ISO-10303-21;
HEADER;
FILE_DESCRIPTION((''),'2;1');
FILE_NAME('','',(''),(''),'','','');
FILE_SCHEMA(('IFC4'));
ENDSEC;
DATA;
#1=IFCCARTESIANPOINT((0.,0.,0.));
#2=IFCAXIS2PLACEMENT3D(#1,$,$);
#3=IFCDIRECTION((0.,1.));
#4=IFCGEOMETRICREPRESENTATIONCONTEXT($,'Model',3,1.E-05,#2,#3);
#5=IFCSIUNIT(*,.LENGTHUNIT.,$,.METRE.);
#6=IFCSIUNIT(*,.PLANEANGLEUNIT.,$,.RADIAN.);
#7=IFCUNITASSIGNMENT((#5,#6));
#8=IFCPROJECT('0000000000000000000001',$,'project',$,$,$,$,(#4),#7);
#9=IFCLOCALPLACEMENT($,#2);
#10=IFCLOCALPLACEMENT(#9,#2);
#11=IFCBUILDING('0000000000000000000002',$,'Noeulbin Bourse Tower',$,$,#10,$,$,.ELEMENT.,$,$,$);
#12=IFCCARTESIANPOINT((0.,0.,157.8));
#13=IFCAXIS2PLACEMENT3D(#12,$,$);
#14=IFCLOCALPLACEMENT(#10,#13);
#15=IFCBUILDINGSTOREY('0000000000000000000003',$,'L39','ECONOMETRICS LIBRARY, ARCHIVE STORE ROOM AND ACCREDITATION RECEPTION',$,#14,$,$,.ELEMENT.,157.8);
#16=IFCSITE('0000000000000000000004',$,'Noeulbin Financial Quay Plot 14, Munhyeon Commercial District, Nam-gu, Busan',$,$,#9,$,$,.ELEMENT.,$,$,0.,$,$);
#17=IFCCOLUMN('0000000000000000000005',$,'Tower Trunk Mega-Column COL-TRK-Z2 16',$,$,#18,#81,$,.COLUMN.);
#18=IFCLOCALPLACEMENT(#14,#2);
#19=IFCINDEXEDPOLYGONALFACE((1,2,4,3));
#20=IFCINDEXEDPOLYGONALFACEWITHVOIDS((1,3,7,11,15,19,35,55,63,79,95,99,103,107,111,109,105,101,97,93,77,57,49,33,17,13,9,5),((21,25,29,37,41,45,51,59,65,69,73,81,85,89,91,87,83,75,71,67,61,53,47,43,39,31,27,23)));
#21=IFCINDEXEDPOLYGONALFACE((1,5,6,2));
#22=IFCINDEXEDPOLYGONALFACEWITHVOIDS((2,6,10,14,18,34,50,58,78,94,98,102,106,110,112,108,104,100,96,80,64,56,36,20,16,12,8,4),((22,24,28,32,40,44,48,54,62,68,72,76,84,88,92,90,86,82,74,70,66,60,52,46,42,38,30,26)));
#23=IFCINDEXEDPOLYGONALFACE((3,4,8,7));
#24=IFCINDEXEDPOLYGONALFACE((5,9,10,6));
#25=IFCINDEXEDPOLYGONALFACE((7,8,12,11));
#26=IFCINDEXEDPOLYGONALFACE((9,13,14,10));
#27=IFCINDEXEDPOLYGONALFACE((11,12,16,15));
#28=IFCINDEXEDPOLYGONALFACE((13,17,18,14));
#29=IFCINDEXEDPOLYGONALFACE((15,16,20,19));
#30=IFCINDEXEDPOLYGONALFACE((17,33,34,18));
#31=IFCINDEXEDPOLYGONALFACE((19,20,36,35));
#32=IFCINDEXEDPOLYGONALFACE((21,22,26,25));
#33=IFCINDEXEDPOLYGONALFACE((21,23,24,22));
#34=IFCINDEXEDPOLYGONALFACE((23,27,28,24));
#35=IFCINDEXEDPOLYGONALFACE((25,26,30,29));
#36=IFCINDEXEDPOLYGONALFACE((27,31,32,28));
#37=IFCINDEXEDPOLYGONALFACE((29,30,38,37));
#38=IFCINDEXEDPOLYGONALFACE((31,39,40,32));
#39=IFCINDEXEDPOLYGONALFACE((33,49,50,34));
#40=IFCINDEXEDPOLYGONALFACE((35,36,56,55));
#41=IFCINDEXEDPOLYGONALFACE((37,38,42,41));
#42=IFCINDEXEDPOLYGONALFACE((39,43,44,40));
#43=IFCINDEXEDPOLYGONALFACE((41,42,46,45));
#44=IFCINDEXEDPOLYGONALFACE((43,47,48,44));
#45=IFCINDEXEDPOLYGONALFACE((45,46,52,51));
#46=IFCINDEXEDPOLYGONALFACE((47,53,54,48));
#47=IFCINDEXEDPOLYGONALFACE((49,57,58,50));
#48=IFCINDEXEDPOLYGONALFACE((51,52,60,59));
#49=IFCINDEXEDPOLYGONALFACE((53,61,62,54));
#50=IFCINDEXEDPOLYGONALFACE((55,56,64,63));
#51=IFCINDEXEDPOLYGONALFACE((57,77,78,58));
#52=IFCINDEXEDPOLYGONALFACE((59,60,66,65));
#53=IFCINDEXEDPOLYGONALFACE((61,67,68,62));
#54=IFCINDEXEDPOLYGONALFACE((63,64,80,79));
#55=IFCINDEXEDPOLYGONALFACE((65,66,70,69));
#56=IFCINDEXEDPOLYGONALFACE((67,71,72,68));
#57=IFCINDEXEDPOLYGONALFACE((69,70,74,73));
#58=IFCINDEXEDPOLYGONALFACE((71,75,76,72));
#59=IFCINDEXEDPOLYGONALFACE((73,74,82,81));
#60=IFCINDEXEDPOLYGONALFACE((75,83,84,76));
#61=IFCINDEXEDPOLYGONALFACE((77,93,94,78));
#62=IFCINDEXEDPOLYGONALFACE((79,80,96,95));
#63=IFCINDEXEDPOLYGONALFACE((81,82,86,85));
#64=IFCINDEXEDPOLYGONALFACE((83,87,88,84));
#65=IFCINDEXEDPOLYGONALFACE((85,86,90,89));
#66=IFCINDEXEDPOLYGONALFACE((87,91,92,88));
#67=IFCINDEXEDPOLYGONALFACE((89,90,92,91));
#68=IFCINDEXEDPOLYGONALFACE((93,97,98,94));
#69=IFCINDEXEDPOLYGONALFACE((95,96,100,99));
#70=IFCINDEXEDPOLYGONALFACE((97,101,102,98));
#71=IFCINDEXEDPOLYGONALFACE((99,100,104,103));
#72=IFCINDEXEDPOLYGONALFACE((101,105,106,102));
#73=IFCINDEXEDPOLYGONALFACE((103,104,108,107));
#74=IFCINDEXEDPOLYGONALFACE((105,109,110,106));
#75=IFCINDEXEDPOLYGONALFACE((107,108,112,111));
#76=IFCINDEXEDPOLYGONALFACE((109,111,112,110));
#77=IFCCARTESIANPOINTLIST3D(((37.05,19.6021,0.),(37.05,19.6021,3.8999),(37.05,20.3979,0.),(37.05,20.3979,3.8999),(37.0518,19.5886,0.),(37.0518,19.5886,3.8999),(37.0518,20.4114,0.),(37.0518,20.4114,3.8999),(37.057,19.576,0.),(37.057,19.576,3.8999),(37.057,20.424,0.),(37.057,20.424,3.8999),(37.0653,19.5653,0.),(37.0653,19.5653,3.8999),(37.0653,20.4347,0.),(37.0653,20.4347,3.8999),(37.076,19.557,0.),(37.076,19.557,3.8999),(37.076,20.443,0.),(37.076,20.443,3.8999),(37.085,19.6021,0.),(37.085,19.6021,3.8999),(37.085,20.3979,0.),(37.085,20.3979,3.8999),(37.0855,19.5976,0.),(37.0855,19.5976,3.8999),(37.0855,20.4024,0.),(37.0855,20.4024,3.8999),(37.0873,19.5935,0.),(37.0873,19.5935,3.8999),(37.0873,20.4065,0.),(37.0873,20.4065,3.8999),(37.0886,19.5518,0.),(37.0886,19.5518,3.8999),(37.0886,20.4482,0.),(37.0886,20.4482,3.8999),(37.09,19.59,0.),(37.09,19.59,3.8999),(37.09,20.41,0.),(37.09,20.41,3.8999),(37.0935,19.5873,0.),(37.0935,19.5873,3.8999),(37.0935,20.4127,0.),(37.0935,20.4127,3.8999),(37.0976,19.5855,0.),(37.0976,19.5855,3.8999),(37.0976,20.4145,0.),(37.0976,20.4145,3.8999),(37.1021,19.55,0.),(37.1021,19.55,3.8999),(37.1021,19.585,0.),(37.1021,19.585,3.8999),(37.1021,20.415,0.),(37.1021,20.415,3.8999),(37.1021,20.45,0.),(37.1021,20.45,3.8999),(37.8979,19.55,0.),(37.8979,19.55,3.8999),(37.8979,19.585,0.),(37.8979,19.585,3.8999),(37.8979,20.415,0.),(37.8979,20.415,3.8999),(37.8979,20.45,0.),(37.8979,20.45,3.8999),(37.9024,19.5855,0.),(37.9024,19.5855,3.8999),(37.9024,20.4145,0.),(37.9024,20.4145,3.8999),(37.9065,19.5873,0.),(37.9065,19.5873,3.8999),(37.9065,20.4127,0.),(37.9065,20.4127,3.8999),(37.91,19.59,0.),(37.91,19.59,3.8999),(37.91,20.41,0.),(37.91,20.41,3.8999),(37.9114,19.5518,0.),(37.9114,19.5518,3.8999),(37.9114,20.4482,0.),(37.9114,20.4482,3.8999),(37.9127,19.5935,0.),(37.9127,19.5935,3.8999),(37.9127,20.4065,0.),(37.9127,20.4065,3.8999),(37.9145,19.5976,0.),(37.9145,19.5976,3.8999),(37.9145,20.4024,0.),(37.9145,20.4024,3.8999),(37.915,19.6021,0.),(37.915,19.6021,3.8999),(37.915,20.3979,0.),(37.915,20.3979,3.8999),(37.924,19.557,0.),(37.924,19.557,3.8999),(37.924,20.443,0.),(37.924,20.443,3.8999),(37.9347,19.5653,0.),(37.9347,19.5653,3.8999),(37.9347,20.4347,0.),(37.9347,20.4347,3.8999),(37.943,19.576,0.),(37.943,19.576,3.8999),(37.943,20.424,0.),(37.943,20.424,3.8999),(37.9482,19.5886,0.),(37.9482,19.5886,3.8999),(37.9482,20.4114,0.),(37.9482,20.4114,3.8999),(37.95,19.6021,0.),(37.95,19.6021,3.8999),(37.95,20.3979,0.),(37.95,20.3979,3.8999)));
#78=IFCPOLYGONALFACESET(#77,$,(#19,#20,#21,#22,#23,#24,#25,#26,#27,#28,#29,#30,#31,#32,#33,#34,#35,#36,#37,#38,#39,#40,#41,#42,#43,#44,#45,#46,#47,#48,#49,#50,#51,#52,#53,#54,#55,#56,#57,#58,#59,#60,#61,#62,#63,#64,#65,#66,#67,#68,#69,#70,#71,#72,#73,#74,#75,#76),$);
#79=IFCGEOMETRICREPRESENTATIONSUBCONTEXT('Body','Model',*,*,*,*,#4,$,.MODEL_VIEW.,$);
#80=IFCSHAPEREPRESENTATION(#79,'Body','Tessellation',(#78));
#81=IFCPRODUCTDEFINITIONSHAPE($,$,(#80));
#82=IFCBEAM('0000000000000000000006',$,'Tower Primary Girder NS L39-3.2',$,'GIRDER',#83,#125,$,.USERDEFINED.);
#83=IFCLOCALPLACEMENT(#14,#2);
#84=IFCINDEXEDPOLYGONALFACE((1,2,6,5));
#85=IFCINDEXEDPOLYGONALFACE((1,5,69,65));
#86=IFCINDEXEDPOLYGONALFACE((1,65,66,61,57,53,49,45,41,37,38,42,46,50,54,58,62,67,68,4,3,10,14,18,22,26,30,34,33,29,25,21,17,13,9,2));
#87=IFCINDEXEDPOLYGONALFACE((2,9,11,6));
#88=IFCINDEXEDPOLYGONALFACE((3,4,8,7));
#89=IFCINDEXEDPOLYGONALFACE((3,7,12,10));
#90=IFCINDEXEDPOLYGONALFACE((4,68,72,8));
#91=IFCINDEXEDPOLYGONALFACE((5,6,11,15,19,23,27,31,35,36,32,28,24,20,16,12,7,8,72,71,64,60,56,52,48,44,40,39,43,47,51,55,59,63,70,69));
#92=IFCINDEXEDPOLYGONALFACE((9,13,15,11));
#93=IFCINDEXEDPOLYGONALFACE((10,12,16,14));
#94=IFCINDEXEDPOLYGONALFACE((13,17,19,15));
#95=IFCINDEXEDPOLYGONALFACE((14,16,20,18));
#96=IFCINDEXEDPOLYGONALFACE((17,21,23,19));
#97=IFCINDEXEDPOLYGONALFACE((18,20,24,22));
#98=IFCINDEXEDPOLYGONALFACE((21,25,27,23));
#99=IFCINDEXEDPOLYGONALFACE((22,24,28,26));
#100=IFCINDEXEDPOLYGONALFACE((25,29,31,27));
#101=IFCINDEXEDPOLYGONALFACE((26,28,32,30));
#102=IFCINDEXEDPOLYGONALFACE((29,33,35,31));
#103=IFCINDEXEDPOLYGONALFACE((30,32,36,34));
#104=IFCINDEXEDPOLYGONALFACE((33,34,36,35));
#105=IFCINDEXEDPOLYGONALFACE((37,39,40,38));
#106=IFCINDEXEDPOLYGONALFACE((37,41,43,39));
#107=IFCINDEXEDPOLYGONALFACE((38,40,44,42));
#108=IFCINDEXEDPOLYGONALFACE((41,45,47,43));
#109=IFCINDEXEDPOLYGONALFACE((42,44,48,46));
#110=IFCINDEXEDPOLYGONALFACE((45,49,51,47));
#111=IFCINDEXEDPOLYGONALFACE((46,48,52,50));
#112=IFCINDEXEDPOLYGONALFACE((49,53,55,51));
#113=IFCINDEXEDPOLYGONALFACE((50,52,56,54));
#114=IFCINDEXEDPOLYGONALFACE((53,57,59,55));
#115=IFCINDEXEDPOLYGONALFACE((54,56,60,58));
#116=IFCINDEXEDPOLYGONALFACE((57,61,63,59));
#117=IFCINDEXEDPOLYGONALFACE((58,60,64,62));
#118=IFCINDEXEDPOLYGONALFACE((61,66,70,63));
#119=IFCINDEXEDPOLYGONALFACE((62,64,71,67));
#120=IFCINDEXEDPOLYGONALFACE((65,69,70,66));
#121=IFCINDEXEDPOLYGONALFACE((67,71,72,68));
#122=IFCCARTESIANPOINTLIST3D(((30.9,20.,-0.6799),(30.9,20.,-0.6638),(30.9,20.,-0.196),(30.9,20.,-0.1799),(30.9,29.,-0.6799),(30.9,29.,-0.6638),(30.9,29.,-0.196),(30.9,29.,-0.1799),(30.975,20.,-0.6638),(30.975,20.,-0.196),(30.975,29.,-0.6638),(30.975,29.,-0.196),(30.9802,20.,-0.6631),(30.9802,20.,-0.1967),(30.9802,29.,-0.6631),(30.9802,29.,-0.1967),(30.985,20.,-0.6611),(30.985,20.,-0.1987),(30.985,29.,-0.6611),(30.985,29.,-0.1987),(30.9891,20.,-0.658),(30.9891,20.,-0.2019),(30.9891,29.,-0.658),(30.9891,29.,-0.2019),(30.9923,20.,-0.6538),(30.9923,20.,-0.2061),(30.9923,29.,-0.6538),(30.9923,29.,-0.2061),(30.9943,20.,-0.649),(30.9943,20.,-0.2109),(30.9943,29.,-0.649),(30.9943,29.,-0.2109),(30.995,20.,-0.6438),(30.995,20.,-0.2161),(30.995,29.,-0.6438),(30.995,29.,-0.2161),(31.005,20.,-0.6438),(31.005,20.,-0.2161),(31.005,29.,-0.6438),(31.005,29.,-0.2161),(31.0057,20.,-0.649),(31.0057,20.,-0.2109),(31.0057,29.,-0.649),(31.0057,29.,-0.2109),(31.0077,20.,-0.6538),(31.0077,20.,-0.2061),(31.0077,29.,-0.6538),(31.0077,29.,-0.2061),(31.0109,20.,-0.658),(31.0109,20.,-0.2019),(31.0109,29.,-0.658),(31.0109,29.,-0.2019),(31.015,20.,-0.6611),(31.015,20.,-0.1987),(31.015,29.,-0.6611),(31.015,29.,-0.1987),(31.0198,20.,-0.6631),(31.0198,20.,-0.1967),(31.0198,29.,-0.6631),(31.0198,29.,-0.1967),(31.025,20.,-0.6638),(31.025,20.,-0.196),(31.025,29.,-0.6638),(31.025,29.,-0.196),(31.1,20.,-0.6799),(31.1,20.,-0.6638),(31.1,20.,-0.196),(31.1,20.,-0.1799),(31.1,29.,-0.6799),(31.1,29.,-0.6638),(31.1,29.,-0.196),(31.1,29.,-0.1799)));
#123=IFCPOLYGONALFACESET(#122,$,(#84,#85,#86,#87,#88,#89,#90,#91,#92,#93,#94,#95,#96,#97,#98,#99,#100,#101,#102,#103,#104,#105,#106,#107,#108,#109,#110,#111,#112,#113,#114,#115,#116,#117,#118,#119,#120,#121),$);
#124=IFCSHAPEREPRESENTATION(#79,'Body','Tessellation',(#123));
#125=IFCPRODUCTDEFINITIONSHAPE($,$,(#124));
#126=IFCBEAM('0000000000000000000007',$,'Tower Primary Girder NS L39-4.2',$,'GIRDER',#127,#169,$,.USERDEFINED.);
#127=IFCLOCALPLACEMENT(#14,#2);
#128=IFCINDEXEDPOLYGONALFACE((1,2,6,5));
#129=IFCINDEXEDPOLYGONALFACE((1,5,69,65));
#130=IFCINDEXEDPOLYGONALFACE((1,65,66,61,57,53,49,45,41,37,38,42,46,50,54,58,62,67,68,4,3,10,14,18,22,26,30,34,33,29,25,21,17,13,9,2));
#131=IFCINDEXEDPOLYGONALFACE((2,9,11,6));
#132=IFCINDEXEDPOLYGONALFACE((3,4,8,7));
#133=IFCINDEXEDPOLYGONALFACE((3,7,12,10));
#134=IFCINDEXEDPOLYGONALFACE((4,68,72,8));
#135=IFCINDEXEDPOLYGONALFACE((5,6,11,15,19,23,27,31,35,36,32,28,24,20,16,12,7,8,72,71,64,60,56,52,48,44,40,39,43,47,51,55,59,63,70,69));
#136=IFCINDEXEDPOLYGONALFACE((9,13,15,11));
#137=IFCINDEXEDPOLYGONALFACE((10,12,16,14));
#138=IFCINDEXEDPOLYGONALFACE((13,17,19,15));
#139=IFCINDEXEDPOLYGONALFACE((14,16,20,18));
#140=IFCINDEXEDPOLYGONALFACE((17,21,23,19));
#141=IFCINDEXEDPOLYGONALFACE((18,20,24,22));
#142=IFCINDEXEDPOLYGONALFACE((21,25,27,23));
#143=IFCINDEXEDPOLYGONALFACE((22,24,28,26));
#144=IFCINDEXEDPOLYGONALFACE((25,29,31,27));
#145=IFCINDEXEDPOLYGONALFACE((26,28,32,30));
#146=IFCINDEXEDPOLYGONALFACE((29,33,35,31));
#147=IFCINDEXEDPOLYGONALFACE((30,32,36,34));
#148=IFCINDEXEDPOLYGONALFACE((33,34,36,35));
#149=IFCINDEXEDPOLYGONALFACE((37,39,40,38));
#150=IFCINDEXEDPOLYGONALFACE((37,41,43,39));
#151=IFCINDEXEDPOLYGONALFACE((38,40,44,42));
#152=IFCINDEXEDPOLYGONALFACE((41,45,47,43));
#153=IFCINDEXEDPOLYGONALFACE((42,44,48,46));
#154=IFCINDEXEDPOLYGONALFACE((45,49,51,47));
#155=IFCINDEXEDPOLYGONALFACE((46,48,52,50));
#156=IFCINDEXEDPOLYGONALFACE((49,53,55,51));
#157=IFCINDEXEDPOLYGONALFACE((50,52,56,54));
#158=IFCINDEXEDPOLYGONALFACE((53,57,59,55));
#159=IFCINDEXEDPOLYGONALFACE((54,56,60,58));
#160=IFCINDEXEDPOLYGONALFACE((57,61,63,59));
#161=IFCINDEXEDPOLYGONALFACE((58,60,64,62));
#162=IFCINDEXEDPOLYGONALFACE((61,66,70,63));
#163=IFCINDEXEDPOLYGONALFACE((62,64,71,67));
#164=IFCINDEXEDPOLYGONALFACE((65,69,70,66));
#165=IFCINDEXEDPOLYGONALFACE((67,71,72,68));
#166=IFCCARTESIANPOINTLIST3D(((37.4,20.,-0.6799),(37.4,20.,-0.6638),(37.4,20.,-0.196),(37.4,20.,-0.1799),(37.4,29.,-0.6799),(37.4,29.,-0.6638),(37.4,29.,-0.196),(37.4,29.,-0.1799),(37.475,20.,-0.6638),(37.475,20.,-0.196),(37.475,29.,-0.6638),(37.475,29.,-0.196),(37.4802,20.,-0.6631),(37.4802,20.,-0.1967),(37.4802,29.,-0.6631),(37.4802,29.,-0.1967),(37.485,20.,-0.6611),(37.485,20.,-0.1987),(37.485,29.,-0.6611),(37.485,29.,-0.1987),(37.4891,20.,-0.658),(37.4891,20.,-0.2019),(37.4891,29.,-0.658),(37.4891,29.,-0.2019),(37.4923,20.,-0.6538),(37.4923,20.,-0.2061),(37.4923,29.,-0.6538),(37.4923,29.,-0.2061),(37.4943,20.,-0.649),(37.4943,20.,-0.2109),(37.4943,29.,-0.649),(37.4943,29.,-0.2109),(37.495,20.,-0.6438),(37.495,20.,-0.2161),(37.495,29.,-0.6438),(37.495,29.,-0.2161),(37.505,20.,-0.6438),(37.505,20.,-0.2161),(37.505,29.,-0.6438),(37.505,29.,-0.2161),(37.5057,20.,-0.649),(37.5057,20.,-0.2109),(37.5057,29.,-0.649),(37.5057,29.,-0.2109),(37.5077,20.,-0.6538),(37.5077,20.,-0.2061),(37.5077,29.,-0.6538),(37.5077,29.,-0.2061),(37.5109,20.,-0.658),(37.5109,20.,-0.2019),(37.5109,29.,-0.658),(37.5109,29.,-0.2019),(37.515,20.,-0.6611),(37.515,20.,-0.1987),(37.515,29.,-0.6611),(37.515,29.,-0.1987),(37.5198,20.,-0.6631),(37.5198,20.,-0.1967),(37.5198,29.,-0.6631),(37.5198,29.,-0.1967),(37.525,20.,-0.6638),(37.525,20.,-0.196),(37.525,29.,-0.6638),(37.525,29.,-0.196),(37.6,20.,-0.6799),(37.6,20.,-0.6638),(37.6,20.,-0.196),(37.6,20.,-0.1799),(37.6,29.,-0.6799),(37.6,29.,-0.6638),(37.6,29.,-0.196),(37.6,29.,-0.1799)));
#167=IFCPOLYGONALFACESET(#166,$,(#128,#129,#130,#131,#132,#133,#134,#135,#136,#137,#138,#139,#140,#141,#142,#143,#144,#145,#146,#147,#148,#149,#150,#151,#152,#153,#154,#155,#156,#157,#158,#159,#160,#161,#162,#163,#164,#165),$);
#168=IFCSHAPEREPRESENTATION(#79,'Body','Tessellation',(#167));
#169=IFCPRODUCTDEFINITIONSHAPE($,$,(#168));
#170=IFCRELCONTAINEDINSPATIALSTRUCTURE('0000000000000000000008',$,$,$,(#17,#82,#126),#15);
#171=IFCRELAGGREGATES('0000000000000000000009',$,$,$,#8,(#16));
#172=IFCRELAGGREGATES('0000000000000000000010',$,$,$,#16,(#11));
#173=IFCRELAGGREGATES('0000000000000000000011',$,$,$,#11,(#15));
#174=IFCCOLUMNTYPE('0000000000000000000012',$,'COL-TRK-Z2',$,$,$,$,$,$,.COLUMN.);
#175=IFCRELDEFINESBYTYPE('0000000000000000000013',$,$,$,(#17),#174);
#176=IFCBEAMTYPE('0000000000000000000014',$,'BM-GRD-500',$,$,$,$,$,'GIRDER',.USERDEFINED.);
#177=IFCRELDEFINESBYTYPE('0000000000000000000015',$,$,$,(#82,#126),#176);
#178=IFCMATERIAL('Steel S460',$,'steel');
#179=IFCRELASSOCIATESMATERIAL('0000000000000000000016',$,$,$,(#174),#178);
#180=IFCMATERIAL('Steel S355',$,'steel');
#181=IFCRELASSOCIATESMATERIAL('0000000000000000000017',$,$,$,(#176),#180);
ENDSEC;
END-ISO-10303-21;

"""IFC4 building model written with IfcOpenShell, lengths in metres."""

from ifc_helpers import new_model, si_unit, direction, frame, origin, origin_2d, place, context, subcontext, project, spatial, hollow_rectangle, i_section, extrude, material, material_profile, profile_set, type_object, element, save


model = new_model("IFC4")

# Units and contexts
model_context = context("Model", 3, precision=1e-05, world=origin(), true_north=direction((0.0, 1.0)))
body_context = subcontext(model_context, "Body", "Model", "MODEL_VIEW")
ifc_project = project(units=[si_unit("LENGTHUNIT", "METRE"), si_unit("PLANEANGLEUNIT", "RADIAN")], contexts=[model_context])

# Site, building, storey
site_placement = place(None, origin())
site = spatial("IfcSite", under=ifc_project, at=site_placement, Name="Noeulbin Financial Quay Plot 14, Munhyeon Commercial District, Nam-gu, Busan", CompositionType="ELEMENT", RefElevation=0.0)
building_placement = place(site_placement, origin())
building = spatial("IfcBuilding", under=site, at=building_placement, Name="Noeulbin Bourse Tower", CompositionType="ELEMENT")
storey_placement = place(building_placement, frame((0.0, 0.0, 157.8)))
storey = spatial("IfcBuildingStorey", under=building, at=storey_placement, Name="L39", Description="ECONOMETRICS LIBRARY, ARCHIVE STORE ROOM AND ACCREDITATION RECEPTION", CompositionType="ELEMENT", Elevation=157.8)

# Column
ifc_material_1 = material(Name="Steel S460", Category="steel")
ifc_material_profile_1 = material_profile(ifc_material_1, hollow_rectangle(XDim=0.8999, YDim=0.8999, WallThickness=0.0349, InnerFilletRadius=0.0171, OuterFilletRadius=0.052, at=origin_2d()), Name="BOX-900x900x35", Category="LoadBearing")
ifc_profile_set_1 = profile_set([ifc_material_profile_1], Name="Steel S460")
column_type = type_object("IfcColumnType", Name="COL-TRK-Z2", PredefinedType="COLUMN", material=ifc_profile_set_1)
for number, where, z_axis, x_axis, name in (
    (1, (37.5, 20.0, 0.0), (0.0, 0.0, 1.0), (1.0, 0.0, 0.0), "Tower Trunk Mega-Column COL-TRK-Z2 16"),
):
    element("IfcColumn", number, at=place(storey_placement, frame(where, z_axis=z_axis, x_axis=x_axis)), inside=storey, type_object=column_type, Name=name, PredefinedType="COLUMN", context=body_context, shape_type="SweptSolid", body=[
        extrude(hollow_rectangle(XDim=0.8999, YDim=0.8999, WallThickness=0.0349, InnerFilletRadius=0.0171, OuterFilletRadius=0.052, at=origin_2d()), origin(), (0.0, 0.0, 1.0), 3.8999),
    ])

# Beams
ifc_material_2 = material(Name="Steel S355", Category="steel")
ifc_material_profile_2 = material_profile(ifc_material_2, i_section(OverallWidth=0.2, OverallDepth=0.5, WebThickness=0.01, FlangeThickness=0.0161, FilletRadius=0.02, at=origin_2d()), Name="H-500x200x10x16", Category="LoadBearing")
ifc_profile_set_2 = profile_set([ifc_material_profile_2], Name="Steel S355")
beam_type_1 = type_object("IfcBeamType", Name="BM-GRD-500", ElementType="GIRDER", PredefinedType="USERDEFINED", material=ifc_profile_set_2)
for number, where, z_axis, x_axis, name in (
    (2, (31.0, 20.0, -0.4299), (0.0, 1.0, 0.0), (-1.0, 0.0, 0.0), "Tower Primary Girder NS L39-3.2"),
    (3, (37.5, 20.0, -0.4299), (0.0, 1.0, 0.0), (-1.0, 0.0, 0.0), "Tower Primary Girder NS L39-4.2"),
):
    element("IfcBeam", number, at=place(storey_placement, frame(where, z_axis=z_axis, x_axis=x_axis)), inside=storey, type_object=beam_type_1, Name=name, ObjectType="GIRDER", PredefinedType="USERDEFINED", context=body_context, shape_type="SweptSolid", body=[
        extrude(i_section(OverallWidth=0.2, OverallDepth=0.5, WebThickness=0.01, FlangeThickness=0.0161, FilletRadius=0.02, at=origin_2d()), origin(), (0.0, 0.0, 1.0), 9.0),
    ])

save(model, "model.ifc")
